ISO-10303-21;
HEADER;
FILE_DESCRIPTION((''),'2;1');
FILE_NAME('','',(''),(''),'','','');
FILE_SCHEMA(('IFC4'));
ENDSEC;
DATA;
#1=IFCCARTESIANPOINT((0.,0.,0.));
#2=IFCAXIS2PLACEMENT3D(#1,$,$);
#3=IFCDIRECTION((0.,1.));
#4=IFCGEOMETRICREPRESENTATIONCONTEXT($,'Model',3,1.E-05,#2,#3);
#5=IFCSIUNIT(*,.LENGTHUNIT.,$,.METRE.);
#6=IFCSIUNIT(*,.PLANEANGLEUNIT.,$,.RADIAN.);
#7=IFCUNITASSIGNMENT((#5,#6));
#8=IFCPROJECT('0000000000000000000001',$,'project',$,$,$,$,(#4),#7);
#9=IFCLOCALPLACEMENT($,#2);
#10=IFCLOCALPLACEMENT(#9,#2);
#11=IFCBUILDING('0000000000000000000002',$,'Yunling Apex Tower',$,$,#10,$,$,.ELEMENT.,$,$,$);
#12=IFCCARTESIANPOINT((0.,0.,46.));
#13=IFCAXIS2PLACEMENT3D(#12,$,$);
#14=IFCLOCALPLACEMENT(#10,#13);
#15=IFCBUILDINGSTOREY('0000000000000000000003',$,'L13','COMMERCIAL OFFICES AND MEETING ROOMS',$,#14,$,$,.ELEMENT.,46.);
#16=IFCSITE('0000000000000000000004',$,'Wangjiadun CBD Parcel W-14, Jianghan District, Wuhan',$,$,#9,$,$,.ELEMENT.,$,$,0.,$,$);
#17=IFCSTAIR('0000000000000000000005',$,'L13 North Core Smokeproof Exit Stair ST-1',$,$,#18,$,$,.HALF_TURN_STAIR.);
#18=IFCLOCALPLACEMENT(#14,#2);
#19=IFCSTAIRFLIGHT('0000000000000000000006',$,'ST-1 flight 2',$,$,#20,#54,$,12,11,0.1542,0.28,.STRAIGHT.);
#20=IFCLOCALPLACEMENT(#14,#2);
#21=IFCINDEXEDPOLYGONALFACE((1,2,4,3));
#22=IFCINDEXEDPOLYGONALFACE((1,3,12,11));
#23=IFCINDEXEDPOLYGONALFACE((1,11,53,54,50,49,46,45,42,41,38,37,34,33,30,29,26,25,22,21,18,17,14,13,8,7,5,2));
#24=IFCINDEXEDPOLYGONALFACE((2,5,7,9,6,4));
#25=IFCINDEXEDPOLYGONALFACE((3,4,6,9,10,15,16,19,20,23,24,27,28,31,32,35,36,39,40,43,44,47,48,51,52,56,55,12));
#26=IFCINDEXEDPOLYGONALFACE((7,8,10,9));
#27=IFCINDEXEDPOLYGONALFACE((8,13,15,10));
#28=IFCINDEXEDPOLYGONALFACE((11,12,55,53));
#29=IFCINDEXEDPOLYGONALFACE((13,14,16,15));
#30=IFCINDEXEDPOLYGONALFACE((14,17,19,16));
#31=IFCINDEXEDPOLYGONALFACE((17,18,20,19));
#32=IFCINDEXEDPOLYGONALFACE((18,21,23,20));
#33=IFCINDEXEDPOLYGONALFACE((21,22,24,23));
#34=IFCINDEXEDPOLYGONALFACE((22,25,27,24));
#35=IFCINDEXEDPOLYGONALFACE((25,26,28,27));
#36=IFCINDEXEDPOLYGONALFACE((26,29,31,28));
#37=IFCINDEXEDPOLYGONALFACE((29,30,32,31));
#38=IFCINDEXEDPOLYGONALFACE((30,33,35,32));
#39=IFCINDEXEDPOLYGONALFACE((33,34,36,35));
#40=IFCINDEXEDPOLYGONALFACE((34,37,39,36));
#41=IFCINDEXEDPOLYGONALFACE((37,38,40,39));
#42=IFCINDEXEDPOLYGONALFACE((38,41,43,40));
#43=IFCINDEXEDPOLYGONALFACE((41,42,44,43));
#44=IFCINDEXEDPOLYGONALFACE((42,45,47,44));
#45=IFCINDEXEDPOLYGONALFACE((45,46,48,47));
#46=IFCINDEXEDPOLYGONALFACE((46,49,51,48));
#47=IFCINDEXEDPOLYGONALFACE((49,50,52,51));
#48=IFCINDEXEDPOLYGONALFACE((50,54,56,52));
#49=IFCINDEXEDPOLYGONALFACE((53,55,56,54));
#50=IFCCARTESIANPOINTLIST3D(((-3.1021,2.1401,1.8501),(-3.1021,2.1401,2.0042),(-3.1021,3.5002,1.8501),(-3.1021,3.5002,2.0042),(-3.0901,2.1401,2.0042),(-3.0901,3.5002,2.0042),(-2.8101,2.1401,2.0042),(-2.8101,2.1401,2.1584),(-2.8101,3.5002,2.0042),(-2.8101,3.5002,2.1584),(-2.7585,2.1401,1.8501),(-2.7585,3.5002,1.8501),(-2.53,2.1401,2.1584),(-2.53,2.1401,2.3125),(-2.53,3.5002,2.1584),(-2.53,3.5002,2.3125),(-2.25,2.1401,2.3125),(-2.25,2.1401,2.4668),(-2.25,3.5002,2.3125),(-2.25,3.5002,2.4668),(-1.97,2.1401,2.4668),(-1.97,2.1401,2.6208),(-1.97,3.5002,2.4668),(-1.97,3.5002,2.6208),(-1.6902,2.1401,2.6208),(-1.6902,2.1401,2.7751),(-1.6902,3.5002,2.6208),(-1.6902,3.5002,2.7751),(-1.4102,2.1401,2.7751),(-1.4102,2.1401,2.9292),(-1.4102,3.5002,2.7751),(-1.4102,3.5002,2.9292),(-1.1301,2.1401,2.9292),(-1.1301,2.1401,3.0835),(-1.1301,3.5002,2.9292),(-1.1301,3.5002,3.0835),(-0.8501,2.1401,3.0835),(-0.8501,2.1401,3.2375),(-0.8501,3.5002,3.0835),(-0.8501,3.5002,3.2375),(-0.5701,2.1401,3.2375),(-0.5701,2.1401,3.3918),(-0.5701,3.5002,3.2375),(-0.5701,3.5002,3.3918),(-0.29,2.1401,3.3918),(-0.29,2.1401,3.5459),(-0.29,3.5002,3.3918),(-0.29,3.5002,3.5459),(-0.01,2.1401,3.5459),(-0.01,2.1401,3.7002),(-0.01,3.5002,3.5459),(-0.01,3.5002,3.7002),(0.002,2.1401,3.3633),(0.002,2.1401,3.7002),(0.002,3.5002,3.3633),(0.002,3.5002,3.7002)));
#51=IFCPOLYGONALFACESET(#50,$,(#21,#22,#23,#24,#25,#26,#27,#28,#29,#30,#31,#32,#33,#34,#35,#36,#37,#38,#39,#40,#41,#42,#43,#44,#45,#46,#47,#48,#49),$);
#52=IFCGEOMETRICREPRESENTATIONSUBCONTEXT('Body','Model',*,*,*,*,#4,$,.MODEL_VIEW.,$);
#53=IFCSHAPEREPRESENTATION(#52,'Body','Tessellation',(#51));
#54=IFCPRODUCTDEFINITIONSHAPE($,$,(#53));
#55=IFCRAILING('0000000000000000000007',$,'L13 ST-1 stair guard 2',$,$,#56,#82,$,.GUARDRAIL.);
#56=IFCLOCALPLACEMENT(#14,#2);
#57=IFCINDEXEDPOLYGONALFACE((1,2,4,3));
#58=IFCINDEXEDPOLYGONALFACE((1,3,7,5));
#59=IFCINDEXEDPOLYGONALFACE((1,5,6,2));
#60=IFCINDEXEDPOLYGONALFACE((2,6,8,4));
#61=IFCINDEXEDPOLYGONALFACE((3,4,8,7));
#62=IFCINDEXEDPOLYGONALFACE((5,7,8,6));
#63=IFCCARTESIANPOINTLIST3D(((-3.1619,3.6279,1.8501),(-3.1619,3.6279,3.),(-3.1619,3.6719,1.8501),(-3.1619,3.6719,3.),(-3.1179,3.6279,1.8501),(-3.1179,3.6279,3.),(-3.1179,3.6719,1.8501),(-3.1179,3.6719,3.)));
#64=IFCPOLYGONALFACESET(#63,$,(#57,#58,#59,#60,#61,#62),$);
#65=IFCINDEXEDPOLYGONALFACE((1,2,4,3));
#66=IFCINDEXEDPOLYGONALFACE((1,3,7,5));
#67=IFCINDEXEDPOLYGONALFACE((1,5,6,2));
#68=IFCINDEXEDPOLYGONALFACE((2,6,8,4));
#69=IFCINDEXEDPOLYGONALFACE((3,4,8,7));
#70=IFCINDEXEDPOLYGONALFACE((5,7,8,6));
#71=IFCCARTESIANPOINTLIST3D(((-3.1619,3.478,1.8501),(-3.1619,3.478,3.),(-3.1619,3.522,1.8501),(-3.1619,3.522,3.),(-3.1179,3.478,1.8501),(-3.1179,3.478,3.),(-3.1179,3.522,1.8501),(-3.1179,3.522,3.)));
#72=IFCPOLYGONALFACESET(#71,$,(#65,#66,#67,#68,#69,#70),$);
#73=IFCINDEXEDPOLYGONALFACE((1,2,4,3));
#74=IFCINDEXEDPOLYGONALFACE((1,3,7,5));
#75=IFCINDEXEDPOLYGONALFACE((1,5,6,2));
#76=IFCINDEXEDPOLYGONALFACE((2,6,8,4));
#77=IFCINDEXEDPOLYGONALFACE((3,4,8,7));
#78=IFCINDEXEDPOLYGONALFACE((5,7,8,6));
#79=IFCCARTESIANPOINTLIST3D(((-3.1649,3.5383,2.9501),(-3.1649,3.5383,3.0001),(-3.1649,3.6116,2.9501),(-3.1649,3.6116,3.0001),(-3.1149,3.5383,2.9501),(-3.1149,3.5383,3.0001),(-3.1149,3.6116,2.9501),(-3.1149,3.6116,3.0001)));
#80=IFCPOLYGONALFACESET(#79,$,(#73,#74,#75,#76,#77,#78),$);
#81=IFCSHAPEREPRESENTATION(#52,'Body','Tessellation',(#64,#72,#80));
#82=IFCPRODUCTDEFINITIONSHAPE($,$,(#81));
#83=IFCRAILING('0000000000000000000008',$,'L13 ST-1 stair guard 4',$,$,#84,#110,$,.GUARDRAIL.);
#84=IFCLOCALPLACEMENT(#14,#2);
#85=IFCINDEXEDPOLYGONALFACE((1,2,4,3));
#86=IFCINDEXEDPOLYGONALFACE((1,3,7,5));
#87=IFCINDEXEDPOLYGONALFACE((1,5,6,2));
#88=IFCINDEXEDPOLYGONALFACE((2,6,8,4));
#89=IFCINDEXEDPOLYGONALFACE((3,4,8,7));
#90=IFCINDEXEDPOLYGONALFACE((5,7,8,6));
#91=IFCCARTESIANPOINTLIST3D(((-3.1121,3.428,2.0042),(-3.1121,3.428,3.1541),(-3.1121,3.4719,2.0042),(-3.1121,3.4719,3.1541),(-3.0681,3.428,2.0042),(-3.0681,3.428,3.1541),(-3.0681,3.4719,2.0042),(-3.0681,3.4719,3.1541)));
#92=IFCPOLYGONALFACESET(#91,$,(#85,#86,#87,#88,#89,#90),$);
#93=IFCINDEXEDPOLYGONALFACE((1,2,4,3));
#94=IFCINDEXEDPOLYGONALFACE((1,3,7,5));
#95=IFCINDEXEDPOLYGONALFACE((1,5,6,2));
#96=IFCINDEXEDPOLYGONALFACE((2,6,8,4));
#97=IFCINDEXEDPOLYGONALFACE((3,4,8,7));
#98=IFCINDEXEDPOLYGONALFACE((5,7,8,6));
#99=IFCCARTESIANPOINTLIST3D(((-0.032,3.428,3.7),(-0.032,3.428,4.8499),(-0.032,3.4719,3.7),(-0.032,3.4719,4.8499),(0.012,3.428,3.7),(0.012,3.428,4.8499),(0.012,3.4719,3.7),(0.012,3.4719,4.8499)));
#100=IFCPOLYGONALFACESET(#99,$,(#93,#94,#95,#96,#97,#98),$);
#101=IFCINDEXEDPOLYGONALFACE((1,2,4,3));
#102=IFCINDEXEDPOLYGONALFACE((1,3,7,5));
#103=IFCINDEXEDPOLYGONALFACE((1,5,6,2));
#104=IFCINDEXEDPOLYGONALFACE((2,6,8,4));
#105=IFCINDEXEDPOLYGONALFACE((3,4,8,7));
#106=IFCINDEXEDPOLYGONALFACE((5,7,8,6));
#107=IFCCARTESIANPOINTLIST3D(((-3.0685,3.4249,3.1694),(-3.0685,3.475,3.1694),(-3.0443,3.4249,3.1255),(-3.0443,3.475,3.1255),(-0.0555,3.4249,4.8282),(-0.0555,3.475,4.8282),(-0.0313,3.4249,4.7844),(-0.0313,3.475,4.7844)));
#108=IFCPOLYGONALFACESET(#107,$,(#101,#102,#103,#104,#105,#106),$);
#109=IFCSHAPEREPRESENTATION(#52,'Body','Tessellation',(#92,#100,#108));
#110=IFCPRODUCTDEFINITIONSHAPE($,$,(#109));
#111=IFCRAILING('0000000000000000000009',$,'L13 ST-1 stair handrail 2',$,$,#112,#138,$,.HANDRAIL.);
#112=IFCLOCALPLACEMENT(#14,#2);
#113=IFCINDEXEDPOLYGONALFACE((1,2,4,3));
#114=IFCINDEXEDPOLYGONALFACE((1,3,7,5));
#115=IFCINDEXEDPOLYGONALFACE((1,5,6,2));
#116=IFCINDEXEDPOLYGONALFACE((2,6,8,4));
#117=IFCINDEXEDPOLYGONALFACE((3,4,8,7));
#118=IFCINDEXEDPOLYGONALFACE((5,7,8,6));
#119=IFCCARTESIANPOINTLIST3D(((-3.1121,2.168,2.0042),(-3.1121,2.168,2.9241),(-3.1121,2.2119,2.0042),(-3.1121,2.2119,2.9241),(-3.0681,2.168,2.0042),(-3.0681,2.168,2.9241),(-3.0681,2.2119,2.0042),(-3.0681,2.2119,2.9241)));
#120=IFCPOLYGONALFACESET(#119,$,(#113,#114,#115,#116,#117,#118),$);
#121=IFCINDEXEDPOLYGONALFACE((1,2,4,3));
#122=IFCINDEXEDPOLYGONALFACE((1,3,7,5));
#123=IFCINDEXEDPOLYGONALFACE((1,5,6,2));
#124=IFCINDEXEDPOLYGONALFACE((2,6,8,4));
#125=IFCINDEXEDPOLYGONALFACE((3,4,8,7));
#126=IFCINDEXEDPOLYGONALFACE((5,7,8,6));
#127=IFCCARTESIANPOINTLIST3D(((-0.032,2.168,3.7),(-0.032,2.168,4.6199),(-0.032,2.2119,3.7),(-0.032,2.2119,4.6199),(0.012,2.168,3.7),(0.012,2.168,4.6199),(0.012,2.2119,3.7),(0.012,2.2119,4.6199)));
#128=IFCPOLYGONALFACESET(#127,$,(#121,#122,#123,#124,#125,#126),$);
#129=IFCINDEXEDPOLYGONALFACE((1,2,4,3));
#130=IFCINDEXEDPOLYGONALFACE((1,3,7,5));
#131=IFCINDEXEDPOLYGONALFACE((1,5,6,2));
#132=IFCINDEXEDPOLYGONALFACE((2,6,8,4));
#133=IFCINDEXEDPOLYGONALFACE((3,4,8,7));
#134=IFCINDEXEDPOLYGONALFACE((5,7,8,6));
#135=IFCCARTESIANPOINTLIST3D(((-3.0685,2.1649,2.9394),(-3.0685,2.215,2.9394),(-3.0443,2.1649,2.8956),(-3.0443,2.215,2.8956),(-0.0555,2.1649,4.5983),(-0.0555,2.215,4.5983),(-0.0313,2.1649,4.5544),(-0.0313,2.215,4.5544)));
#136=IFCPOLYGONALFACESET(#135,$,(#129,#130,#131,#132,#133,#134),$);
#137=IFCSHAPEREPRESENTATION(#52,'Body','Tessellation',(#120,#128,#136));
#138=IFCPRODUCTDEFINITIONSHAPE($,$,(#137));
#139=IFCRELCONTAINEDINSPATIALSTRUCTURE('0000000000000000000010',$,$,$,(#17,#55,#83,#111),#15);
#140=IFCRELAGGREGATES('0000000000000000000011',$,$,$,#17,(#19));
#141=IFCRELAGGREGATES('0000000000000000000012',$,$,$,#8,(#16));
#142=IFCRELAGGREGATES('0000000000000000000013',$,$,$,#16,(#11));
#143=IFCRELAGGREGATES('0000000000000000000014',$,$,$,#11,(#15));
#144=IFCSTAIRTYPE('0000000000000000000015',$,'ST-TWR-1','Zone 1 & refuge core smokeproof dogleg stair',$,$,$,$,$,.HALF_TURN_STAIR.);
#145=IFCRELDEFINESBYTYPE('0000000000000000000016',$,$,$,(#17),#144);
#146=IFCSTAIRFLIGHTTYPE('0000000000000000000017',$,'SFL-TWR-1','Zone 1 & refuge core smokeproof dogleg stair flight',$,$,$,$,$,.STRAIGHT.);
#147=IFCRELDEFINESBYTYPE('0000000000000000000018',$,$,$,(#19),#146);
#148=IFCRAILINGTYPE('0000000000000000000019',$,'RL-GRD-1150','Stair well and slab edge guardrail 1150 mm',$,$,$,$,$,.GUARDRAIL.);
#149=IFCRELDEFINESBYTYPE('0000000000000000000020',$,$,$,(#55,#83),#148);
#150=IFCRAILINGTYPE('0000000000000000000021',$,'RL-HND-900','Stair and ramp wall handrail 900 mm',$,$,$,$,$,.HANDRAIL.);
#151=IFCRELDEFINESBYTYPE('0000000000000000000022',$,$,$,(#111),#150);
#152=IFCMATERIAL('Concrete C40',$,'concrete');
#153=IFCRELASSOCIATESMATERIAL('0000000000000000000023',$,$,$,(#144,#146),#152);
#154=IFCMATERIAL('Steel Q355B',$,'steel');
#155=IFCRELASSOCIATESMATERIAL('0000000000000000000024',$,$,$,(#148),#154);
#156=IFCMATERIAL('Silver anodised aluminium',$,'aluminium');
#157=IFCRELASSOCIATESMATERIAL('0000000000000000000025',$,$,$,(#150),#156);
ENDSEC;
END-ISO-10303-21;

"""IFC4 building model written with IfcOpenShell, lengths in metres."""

from ifc_helpers import new_model, si_unit, direction, frame, origin, origin_2d, place, context, subcontext, project, spatial, polyline, rectangle, outline, extrude, material, type_object, element, aggregate, save


model = new_model("IFC4")

# Units and contexts
model_context = context("Model", 3, precision=1e-05, world=origin(), true_north=direction((0.0, 1.0)))
body_context = subcontext(model_context, "Body", "Model", "MODEL_VIEW")
ifc_project = project(units=[si_unit("LENGTHUNIT", "METRE"), si_unit("PLANEANGLEUNIT", "RADIAN")], contexts=[model_context])

# Site, building, storey
site_placement = place(None, origin())
site = spatial("IfcSite", under=ifc_project, at=site_placement, Name="Wangjiadun CBD Parcel W-14, Jianghan District, Wuhan", CompositionType="ELEMENT", RefElevation=0.0)
building_placement = place(site_placement, origin())
building = spatial("IfcBuilding", under=site, at=building_placement, Name="Yunling Apex Tower", CompositionType="ELEMENT")
storey_placement = place(building_placement, frame((0.0, 0.0, 46.0)))
storey = spatial("IfcBuildingStorey", under=building, at=storey_placement, Name="L13", Description="COMMERCIAL OFFICES AND MEETING ROOMS", CompositionType="ELEMENT", Elevation=46.0)

# Shared definitions
ifc_material_1 = material(Name="Steel Q355B", Category="steel")

# Shared definitions
ifc_material_2 = material(Name="Concrete C40", Category="concrete")

# Shared definitions
ifc_material_3 = material(Name="Silver anodised aluminium", Category="aluminium")

# Stair, stair flight
stair_type = type_object("IfcStairType", Name="ST-TWR-1", Description="Zone 1 & refuge core smokeproof dogleg stair", PredefinedType="HALF_TURN_STAIR", material=ifc_material_2)
stair_placement = place(storey_placement, origin())
stair = element("IfcStair", 1, at=stair_placement, inside=storey, type_object=stair_type, Name="L13 North Core Smokeproof Exit Stair ST-1", PredefinedType="HALF_TURN_STAIR")
stair_flight_type = type_object("IfcStairFlightType", Name="SFL-TWR-1", Description="Zone 1 & refuge core smokeproof dogleg stair flight", PredefinedType="STRAIGHT", material=ifc_material_2)
stair_flight_placement = place(storey_placement, frame((-3.0901, 2.8201, 1.8501), z_axis=(0.0, 0.0, 1.0), x_axis=(1.0, 0.0, 0.0)))
stair_flight = element("IfcStairFlight", 2, at=stair_flight_placement, type_object=stair_flight_type, Name="ST-1 flight 2", NumberOfRisers=12, NumberOfTreads=11, PredefinedType="STRAIGHT", RiserHeight=0.1542, TreadLength=0.28, context=body_context, shape_type="SweptSolid", body=[
    extrude(outline(polyline([(-0.012, 0.0), (-0.012, 0.1541), (0.0, 0.1541), (0.28, 0.1541), (0.28, 0.3083), (0.5601, 0.3083), (0.5601, 0.4624), (0.8401, 0.4624), (0.8401, 0.6167), (1.1201, 0.6167), (1.1201, 0.7708), (1.3999, 0.7708), (1.3999, 0.925), (1.6799, 0.925), (1.6799, 1.0791), (1.96, 1.0791), (1.96, 1.2334), (2.24, 1.2334), (2.24, 1.3875), (2.52, 1.3875), (2.52, 1.5417), (2.8, 1.5417), (2.8, 1.6958), (3.0801, 1.6958), (3.0801, 1.8501), (3.092, 1.8501), (3.092, 1.5132), (0.3315, 0.0), (-0.012, 0.0)])), frame((0.0, 0.6802, 0.0), z_axis=(0.0, -1.0, 0.0), x_axis=(1.0, 0.0, 0.0)), (0.0, 0.0, 1.0), 1.3601),
])
aggregate(stair, [stair_flight])

# Railings
railing_type_1 = type_object("IfcRailingType", Name="RL-GRD-1150", Description="Stair well and slab edge guardrail 1150 mm", PredefinedType="GUARDRAIL", material=ifc_material_1)
railing_1_placement = place(storey_placement, frame((-3.1399, 3.6499, 1.8501)))
element("IfcRailing", 3, at=railing_1_placement, inside=storey, type_object=railing_type_1, Name="L13 ST-1 stair guard 2", PredefinedType="GUARDRAIL", context=body_context, shape_type="SweptSolid", body=[
    extrude(rectangle(XDim=0.0439, YDim=0.0439, at=origin_2d()), origin(), (0.0, 0.0, 1.0), 1.1499),
    extrude(rectangle(XDim=0.0439, YDim=0.0439, at=origin_2d()), frame((0.0, -0.1499, 0.0)), (0.0, 0.0, 1.0), 1.1499),
    extrude(rectangle(XDim=0.05, YDim=0.05, at=origin_2d()), frame((0.0, -0.0383, 1.125), z_axis=(0.0, -1.0, 0.0), x_axis=(1.0, 0.0, 0.0)), (0.0, 0.0, 1.0), 0.0732),
])
railing_2_placement = place(storey_placement, frame((-3.0901, 3.45, 2.0042)))
element("IfcRailing", 4, at=railing_2_placement, inside=storey, type_object=railing_type_1, Name="L13 ST-1 stair guard 4", PredefinedType="GUARDRAIL", context=body_context, shape_type="SweptSolid", body=[
    extrude(rectangle(XDim=0.0439, YDim=0.0439, at=origin_2d()), origin(), (0.0, 0.0, 1.0), 1.1499),
    extrude(rectangle(XDim=0.0439, YDim=0.0439, at=origin_2d()), frame((3.0801, 0.0, 1.6958)), (0.0, 0.0, 1.0), 1.1499),
    extrude(rectangle(XDim=0.05, YDim=0.05, at=origin_2d()), frame((0.0337, 0.0, 1.1433), z_axis=(0.876005, 0.0, 0.482303), x_axis=(0.0, 1.0, 0.0)), (0.0, 0.0, 1.0), 3.4395),
])
railing_type_2 = type_object("IfcRailingType", Name="RL-HND-900", Description="Stair and ramp wall handrail 900 mm", PredefinedType="HANDRAIL", material=ifc_material_3)
railing_3_placement = place(storey_placement, frame((-3.0901, 2.1899, 2.0042)))
element("IfcRailing", 5, at=railing_3_placement, inside=storey, type_object=railing_type_2, Name="L13 ST-1 stair handrail 2", PredefinedType="HANDRAIL", context=body_context, shape_type="SweptSolid", body=[
    extrude(rectangle(XDim=0.0439, YDim=0.0439, at=origin_2d()), origin(), (0.0, 0.0, 1.0), 0.9199),
    extrude(rectangle(XDim=0.0439, YDim=0.0439, at=origin_2d()), frame((3.0801, 0.0, 1.6958)), (0.0, 0.0, 1.0), 0.9199),
    extrude(rectangle(XDim=0.05, YDim=0.05, at=origin_2d()), frame((0.0337, 0.0, 0.9133), z_axis=(0.876005, 0.0, 0.482303), x_axis=(0.0, 1.0, 0.0)), (0.0, 0.0, 1.0), 3.4395),
])

save(model, "model.ifc")
